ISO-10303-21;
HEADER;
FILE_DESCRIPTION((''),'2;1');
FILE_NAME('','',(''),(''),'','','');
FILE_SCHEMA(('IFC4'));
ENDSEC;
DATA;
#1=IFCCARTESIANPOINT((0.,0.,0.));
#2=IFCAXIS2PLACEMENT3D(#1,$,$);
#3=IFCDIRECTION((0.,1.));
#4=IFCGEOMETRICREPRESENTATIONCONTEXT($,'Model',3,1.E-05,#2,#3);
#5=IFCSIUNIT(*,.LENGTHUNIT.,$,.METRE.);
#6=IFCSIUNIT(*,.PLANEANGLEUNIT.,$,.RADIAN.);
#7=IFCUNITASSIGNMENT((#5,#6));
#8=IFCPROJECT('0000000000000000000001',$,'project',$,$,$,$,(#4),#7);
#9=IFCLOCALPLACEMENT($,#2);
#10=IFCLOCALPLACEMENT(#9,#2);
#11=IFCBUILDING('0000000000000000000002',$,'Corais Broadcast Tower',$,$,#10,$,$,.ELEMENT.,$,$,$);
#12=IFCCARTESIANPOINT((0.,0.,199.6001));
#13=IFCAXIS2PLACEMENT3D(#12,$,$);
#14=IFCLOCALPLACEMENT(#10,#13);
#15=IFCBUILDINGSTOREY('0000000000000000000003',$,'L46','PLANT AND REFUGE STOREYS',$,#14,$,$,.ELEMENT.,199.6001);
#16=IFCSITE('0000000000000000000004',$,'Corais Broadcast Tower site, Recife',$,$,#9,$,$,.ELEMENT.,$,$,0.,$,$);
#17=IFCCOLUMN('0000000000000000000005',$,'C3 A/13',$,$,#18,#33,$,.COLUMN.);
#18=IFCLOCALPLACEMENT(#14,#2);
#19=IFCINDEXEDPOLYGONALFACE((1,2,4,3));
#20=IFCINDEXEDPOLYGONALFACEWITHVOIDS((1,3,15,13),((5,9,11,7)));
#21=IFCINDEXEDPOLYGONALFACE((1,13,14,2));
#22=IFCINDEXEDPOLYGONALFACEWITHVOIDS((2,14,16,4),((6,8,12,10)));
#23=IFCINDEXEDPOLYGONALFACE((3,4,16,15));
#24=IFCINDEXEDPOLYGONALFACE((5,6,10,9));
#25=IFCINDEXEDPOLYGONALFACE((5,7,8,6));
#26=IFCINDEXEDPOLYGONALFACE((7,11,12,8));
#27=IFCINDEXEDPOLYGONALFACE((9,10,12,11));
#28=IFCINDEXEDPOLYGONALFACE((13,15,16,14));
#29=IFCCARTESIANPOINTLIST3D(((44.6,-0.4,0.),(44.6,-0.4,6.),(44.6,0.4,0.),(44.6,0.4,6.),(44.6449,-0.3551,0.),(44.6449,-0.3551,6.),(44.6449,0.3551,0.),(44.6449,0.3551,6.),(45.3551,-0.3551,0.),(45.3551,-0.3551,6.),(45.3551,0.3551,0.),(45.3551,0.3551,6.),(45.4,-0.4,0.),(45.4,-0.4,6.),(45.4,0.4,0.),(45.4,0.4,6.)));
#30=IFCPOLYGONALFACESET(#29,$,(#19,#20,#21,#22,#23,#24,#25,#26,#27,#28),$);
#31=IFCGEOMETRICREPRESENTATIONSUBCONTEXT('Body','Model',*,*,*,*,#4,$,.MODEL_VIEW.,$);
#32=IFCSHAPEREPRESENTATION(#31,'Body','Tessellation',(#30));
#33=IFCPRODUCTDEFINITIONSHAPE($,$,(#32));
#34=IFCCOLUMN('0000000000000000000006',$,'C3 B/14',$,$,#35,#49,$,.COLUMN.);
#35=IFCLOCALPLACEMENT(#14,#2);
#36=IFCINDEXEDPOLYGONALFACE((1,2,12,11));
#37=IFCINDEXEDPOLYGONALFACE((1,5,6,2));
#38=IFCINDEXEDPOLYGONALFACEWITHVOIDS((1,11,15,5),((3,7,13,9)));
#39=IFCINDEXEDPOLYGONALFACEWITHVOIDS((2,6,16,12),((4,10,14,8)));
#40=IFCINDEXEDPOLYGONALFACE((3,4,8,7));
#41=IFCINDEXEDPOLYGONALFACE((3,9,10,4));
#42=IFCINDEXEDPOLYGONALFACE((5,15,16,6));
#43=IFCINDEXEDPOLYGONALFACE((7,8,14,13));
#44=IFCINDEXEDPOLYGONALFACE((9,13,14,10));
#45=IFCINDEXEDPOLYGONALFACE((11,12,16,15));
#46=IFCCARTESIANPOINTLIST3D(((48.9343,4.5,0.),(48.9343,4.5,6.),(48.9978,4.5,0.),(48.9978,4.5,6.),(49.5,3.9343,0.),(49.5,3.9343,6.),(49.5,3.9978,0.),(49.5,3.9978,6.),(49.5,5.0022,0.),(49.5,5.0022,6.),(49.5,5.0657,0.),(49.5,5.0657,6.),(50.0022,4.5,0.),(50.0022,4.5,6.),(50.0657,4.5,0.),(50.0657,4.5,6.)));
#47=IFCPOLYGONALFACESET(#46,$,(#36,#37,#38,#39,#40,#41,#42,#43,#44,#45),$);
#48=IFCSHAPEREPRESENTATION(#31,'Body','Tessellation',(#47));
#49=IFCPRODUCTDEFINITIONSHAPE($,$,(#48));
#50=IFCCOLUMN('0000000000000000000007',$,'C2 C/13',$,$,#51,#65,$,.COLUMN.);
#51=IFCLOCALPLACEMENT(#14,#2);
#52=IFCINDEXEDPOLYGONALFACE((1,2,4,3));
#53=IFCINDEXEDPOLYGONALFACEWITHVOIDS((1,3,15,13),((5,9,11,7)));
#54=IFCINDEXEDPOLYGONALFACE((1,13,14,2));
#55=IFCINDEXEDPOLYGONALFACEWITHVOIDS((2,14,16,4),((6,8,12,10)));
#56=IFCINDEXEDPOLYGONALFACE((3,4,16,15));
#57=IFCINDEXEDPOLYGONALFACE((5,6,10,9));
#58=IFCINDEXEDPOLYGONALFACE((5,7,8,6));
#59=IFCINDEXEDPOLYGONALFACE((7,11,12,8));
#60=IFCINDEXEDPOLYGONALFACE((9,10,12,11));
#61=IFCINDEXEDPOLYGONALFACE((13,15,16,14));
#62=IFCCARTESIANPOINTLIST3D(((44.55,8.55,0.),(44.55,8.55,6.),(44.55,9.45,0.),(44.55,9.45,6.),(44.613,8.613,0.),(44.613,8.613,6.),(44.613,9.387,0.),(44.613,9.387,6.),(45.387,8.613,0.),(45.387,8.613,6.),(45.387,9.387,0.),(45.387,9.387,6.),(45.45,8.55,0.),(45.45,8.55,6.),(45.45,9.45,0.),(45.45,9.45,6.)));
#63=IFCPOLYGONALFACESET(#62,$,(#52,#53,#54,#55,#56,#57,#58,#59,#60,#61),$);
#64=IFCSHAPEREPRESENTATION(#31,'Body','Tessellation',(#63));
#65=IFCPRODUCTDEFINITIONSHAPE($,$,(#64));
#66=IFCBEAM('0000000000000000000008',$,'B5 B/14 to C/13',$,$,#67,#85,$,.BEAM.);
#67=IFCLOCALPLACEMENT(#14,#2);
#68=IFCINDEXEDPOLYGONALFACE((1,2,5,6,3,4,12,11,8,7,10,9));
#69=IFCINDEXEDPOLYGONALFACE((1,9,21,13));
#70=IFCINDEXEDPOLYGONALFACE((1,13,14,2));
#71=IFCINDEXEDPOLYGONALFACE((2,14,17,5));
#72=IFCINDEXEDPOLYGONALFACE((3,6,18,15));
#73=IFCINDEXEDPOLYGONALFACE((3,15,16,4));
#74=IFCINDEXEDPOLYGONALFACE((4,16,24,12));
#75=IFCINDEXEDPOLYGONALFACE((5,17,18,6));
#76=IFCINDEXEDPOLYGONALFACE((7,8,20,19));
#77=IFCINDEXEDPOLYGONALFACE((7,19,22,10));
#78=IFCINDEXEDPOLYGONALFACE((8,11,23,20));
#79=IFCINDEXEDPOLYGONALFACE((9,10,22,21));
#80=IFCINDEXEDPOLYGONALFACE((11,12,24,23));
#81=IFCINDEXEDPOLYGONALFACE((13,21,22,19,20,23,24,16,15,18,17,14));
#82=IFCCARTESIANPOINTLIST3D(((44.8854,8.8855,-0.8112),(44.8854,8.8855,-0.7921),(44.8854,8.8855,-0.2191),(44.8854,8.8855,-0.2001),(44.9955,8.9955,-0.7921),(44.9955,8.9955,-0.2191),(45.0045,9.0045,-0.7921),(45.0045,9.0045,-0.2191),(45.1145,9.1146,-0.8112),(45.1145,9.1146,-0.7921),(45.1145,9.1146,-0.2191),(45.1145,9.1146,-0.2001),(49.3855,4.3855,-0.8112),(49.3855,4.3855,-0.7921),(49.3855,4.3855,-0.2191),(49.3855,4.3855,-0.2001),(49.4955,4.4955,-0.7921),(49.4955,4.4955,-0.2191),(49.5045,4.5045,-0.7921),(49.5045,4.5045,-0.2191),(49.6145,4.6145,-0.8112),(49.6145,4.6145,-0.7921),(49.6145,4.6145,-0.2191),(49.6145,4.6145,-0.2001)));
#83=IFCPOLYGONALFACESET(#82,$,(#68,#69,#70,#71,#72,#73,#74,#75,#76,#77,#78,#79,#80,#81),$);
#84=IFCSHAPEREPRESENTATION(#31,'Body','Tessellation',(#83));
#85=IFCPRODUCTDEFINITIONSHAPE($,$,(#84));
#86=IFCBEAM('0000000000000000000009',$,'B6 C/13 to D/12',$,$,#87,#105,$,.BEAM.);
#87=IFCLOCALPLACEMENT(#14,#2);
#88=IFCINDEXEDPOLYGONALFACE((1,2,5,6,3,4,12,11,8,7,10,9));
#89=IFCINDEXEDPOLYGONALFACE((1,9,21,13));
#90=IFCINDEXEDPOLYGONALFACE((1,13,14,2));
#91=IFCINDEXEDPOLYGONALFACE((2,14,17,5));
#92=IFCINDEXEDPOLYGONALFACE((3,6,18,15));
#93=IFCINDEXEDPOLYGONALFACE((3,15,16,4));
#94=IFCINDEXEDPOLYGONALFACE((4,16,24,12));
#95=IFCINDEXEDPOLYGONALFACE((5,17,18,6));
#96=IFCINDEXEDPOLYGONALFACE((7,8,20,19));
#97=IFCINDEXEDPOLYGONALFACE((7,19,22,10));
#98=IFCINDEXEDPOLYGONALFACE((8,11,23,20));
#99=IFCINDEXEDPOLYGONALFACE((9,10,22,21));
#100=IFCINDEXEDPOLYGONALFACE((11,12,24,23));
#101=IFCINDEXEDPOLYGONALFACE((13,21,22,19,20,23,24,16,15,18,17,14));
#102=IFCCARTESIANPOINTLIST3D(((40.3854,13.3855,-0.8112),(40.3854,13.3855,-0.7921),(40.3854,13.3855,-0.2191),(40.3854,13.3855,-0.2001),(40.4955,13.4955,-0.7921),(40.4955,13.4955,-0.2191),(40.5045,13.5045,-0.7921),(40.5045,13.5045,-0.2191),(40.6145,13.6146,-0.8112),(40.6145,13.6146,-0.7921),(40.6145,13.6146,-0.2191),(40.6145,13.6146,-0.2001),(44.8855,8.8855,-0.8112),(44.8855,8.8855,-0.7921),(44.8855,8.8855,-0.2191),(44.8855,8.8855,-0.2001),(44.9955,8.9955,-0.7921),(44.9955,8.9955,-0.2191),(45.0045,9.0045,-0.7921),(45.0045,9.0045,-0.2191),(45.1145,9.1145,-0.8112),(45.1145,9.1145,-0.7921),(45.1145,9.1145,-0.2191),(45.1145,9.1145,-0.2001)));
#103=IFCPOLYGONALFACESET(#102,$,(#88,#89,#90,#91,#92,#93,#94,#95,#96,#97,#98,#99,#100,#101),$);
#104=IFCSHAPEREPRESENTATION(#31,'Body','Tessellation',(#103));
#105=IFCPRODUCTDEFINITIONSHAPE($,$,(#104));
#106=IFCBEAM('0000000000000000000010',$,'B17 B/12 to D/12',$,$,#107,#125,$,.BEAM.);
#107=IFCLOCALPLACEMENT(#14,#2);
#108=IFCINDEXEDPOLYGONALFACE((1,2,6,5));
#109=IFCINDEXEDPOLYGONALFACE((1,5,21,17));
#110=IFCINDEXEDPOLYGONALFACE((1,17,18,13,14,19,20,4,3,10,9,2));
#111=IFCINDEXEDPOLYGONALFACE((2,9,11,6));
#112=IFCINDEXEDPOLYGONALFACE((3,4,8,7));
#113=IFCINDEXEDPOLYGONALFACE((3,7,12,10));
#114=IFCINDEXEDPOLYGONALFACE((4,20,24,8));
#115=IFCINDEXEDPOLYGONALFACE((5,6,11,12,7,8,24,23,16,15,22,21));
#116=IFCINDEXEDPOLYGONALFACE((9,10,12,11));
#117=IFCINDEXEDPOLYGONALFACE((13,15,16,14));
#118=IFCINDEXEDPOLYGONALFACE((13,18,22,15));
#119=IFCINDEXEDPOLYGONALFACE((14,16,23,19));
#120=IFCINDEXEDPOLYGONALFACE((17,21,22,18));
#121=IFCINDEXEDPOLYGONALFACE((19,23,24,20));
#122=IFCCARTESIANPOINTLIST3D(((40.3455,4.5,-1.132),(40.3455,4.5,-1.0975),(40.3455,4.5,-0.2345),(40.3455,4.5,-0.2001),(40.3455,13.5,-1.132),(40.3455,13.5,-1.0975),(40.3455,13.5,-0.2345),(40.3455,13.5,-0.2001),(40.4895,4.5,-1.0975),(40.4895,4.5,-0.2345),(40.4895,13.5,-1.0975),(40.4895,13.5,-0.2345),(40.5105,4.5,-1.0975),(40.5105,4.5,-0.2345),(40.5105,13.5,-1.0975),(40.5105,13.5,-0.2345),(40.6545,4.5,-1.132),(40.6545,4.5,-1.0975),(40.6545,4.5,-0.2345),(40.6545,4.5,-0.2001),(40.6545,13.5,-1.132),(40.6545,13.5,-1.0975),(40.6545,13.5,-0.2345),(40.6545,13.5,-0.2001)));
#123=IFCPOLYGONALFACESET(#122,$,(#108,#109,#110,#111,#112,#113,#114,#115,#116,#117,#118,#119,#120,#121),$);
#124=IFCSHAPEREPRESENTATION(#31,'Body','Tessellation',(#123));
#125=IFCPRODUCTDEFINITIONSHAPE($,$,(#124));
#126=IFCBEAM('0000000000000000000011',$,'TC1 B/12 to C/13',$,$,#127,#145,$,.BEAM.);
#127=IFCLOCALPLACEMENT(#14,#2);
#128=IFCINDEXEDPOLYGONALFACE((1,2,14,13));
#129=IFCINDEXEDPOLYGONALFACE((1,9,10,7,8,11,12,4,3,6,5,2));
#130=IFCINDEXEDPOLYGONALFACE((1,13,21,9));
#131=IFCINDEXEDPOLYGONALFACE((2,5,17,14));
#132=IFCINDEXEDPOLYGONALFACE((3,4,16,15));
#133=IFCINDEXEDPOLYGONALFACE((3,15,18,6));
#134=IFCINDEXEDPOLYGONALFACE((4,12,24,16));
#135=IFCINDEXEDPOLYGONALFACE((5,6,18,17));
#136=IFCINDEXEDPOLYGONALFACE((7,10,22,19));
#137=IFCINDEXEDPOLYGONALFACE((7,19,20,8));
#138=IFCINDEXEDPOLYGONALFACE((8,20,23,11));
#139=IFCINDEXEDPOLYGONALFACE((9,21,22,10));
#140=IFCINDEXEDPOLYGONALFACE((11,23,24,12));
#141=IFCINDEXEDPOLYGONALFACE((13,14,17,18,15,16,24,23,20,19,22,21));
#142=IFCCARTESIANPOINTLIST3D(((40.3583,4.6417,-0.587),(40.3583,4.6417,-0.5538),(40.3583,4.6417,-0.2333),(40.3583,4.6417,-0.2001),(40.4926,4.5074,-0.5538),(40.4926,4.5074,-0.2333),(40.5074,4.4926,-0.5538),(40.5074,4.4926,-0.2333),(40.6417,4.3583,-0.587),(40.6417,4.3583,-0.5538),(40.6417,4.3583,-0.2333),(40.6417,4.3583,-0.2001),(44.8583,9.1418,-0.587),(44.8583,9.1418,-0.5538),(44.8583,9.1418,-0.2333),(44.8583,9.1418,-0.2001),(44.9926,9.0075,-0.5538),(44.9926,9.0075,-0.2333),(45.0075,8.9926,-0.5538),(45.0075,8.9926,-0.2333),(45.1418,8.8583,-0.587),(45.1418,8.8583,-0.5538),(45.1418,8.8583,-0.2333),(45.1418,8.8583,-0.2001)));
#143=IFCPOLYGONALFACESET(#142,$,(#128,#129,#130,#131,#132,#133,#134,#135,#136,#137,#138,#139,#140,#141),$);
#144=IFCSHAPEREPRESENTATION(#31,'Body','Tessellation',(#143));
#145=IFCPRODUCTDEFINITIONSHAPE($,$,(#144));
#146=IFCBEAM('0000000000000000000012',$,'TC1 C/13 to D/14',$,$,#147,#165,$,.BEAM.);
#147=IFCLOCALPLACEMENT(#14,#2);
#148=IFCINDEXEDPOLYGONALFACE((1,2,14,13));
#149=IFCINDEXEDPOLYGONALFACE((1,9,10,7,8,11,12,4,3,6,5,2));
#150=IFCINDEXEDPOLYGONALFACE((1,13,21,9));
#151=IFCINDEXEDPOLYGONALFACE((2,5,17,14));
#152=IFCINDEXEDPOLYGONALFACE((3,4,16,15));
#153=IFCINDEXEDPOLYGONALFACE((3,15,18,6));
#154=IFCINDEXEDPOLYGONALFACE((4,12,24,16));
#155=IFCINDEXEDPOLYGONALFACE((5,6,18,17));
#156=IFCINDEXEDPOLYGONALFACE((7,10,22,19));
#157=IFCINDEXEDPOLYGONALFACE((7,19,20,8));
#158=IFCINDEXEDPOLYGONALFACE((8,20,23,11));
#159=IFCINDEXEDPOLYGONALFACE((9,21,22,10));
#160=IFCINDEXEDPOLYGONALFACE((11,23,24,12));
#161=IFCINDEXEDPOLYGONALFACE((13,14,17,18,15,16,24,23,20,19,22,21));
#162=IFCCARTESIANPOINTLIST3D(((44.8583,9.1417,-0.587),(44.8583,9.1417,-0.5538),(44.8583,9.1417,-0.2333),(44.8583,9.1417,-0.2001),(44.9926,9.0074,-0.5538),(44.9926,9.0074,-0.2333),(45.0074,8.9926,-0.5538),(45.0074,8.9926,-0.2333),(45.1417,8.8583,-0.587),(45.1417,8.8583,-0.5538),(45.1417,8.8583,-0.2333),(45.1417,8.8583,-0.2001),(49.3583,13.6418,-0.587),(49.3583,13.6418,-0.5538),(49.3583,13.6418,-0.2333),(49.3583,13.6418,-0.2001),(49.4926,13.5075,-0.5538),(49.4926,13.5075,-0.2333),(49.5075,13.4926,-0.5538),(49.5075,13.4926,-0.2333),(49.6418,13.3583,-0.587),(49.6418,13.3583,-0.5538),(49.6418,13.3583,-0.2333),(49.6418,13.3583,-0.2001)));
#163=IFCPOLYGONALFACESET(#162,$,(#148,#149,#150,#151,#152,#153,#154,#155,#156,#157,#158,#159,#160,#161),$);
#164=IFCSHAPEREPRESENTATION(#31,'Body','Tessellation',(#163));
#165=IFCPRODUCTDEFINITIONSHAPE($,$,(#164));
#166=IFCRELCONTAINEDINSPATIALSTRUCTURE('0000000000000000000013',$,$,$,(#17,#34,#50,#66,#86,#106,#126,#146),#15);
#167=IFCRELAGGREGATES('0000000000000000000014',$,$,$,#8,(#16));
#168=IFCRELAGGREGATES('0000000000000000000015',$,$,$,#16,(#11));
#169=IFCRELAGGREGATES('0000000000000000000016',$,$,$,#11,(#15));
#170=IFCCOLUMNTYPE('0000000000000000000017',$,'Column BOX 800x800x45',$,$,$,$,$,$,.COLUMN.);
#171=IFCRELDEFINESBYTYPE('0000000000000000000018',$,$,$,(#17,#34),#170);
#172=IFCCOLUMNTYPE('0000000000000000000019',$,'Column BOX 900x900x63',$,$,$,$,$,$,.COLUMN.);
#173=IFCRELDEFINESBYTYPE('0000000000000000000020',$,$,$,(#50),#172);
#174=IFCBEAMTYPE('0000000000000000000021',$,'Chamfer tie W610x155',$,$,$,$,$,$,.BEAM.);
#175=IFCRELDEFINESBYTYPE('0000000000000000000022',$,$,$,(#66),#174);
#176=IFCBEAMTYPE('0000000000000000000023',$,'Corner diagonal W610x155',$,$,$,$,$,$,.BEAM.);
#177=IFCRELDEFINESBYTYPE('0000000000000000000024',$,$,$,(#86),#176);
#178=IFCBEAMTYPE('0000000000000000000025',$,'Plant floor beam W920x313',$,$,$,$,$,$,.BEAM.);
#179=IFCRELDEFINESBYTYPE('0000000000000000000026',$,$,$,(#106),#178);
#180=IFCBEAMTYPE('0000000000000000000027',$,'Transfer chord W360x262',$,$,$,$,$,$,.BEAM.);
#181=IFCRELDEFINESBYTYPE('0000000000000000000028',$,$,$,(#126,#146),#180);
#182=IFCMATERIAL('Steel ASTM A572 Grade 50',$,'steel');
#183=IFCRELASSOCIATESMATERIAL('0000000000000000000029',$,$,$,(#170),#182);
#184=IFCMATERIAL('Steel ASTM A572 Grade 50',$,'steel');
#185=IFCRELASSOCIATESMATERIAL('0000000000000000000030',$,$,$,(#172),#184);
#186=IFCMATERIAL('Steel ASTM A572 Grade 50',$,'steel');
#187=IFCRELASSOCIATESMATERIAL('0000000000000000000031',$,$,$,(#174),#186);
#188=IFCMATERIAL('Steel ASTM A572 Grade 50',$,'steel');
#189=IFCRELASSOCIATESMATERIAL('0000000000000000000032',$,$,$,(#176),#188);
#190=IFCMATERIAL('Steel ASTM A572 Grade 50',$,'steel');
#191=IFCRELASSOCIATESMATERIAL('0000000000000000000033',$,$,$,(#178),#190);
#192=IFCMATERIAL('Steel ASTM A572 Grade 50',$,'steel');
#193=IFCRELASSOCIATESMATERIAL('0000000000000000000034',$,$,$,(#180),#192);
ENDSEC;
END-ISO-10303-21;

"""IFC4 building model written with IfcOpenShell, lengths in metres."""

from ifc_helpers import new_model, si_unit, direction, frame, origin, origin_2d, place, context, subcontext, project, spatial, hollow_rectangle, i_section, extrude, material, material_profile, profile_set, type_object, element, save


model = new_model("IFC4")

# Units and contexts
model_context = context("Model", 3, precision=1e-05, world=origin(), true_north=direction((0.0, 1.0)))
body_context = subcontext(model_context, "Body", "Model", "MODEL_VIEW")
ifc_project = project(units=[si_unit("LENGTHUNIT", "METRE"), si_unit("PLANEANGLEUNIT", "RADIAN")], contexts=[model_context])

# Site, building, storey
site_placement = place(None, origin())
site = spatial("IfcSite", under=ifc_project, at=site_placement, Name="Corais Broadcast Tower site, Recife", CompositionType="ELEMENT", RefElevation=0.0)
building_placement = place(site_placement, origin())
building = spatial("IfcBuilding", under=site, at=building_placement, Name="Corais Broadcast Tower", CompositionType="ELEMENT")
storey_placement = place(building_placement, frame((0.0, 0.0, 199.6001)))
storey = spatial("IfcBuildingStorey", under=building, at=storey_placement, Name="L46", Description="PLANT AND REFUGE STOREYS", CompositionType="ELEMENT", Elevation=199.6001)

# Columns
ifc_material_1 = material(Name="Steel ASTM A572 Grade 50", Category="steel")
ifc_material_profile_1 = material_profile(ifc_material_1, hollow_rectangle(XDim=0.8, YDim=0.8, WallThickness=0.0449, at=origin_2d()), Name="BOX 800x800x45")
ifc_profile_set_1 = profile_set([ifc_material_profile_1], Name="Steel ASTM A572 Grade 50")
column_type_1 = type_object("IfcColumnType", Name="Column BOX 800x800x45", PredefinedType="COLUMN", material=ifc_profile_set_1)
for number, where, z_axis, x_axis, name in (
    (1, (45.0, 0.0, 0.0), (0.0, 0.0, 1.0), (1.0, 0.0, 0.0), "C3 A/13"),
    (2, (49.5, 4.5, 0.0), (0.0, 0.0, 1.0), (0.707107, 0.707107, 0.0), "C3 B/14"),
):
    element("IfcColumn", number, at=place(storey_placement, frame(where, z_axis=z_axis, x_axis=x_axis)), inside=storey, type_object=column_type_1, Name=name, PredefinedType="COLUMN", context=body_context, shape_type="SweptSolid", body=[
        extrude(hollow_rectangle(XDim=0.8, YDim=0.8, WallThickness=0.0449, at=origin_2d()), origin(), (0.0, 0.0, 1.0), 6.0),
    ])
ifc_material_2 = material(Name="Steel ASTM A572 Grade 50", Category="steel")
ifc_material_profile_2 = material_profile(ifc_material_2, hollow_rectangle(XDim=0.8999, YDim=0.8999, WallThickness=0.063, at=origin_2d()), Name="BOX 900x900x63")
ifc_profile_set_2 = profile_set([ifc_material_profile_2], Name="Steel ASTM A572 Grade 50")
column_type_2 = type_object("IfcColumnType", Name="Column BOX 900x900x63", PredefinedType="COLUMN", material=ifc_profile_set_2)
column_placement = place(storey_placement, frame((45.0, 9.0, 0.0), z_axis=(0.0, 0.0, 1.0), x_axis=(1.0, 0.0, 0.0)))
element("IfcColumn", 3, at=column_placement, inside=storey, type_object=column_type_2, Name="C2 C/13", PredefinedType="COLUMN", context=body_context, shape_type="SweptSolid", body=[
    extrude(hollow_rectangle(XDim=0.8999, YDim=0.8999, WallThickness=0.063, at=origin_2d()), origin(), (0.0, 0.0, 1.0), 6.0),
])

# Beams
ifc_material_3 = material(Name="Steel ASTM A572 Grade 50", Category="steel")
ifc_material_profile_3 = material_profile(ifc_material_3, i_section(OverallWidth=0.324, OverallDepth=0.6111, WebThickness=0.0127, FlangeThickness=0.019, at=origin_2d()), Name="W610x155")
ifc_profile_set_3 = profile_set([ifc_material_profile_3], Name="Steel ASTM A572 Grade 50")
beam_type_1 = type_object("IfcBeamType", Name="Chamfer tie W610x155", PredefinedType="BEAM", material=ifc_profile_set_3)
beam_1_placement = place(storey_placement, frame((49.5, 4.5, -0.5056), z_axis=(-0.707107, 0.707107, 0.0), x_axis=(-0.707107, -0.707107, 0.0)))
element("IfcBeam", 4, at=beam_1_placement, inside=storey, type_object=beam_type_1, Name="B5 B/14 to C/13", PredefinedType="BEAM", context=body_context, shape_type="SweptSolid", body=[
    extrude(i_section(OverallWidth=0.324, OverallDepth=0.6111, WebThickness=0.0127, FlangeThickness=0.019, at=origin_2d()), origin(), (0.0, 0.0, 1.0), 6.364),
])
ifc_material_4 = material(Name="Steel ASTM A572 Grade 50", Category="steel")
ifc_material_profile_4 = material_profile(ifc_material_4, i_section(OverallWidth=0.324, OverallDepth=0.6111, WebThickness=0.0127, FlangeThickness=0.019, at=origin_2d()), Name="W610x155")
ifc_profile_set_4 = profile_set([ifc_material_profile_4], Name="Steel ASTM A572 Grade 50")
beam_type_2 = type_object("IfcBeamType", Name="Corner diagonal W610x155", PredefinedType="BEAM", material=ifc_profile_set_4)
beam_2_placement = place(storey_placement, frame((45.0, 9.0, -0.5056), z_axis=(-0.707107, 0.707107, 0.0), x_axis=(-0.707107, -0.707107, 0.0)))
element("IfcBeam", 5, at=beam_2_placement, inside=storey, type_object=beam_type_2, Name="B6 C/13 to D/12", PredefinedType="BEAM", context=body_context, shape_type="SweptSolid", body=[
    extrude(i_section(OverallWidth=0.324, OverallDepth=0.6111, WebThickness=0.0127, FlangeThickness=0.019, at=origin_2d()), origin(), (0.0, 0.0, 1.0), 6.364),
])
ifc_material_5 = material(Name="Steel ASTM A572 Grade 50", Category="steel")
ifc_material_profile_5 = material_profile(ifc_material_5, i_section(OverallWidth=0.3091, OverallDepth=0.9319, WebThickness=0.021, FlangeThickness=0.0344, at=origin_2d()), Name="W920x313")
ifc_profile_set_5 = profile_set([ifc_material_profile_5], Name="Steel ASTM A572 Grade 50")
beam_type_3 = type_object("IfcBeamType", Name="Plant floor beam W920x313", PredefinedType="BEAM", material=ifc_profile_set_5)
beam_3_placement = place(storey_placement, frame((40.5, 4.5, -0.666), z_axis=(0.0, 1.0, 0.0), x_axis=(-1.0, 0.0, 0.0)))
element("IfcBeam", 6, at=beam_3_placement, inside=storey, type_object=beam_type_3, Name="B17 B/12 to D/12", PredefinedType="BEAM", context=body_context, shape_type="SweptSolid", body=[
    extrude(i_section(OverallWidth=0.3091, OverallDepth=0.9319, WebThickness=0.021, FlangeThickness=0.0344, at=origin_2d()), origin(), (0.0, 0.0, 1.0), 9.0),
])
ifc_material_6 = material(Name="Steel ASTM A572 Grade 50", Category="steel")
ifc_material_profile_6 = material_profile(ifc_material_6, i_section(OverallWidth=0.4009, OverallDepth=0.387, WebThickness=0.021, FlangeThickness=0.0332, at=origin_2d()), Name="W360x262")
ifc_profile_set_6 = profile_set([ifc_material_profile_6], Name="Steel ASTM A572 Grade 50")
beam_type_4 = type_object("IfcBeamType", Name="Transfer chord W360x262", PredefinedType="BEAM", material=ifc_profile_set_6)
for number, where, z_axis, x_axis, name in (
    (7, (40.5, 4.5, -0.3936), (0.707107, 0.707107, 0.0), (-0.707107, 0.707107, 0.0), "TC1 B/12 to C/13"),
    (8, (45.0, 9.0, -0.3936), (0.707107, 0.707107, 0.0), (-0.707107, 0.707107, 0.0), "TC1 C/13 to D/14"),
):
    element("IfcBeam", number, at=place(storey_placement, frame(where, z_axis=z_axis, x_axis=x_axis)), inside=storey, type_object=beam_type_4, Name=name, PredefinedType="BEAM", context=body_context, shape_type="SweptSolid", body=[
        extrude(i_section(OverallWidth=0.4009, OverallDepth=0.387, WebThickness=0.021, FlangeThickness=0.0332, at=origin_2d()), origin(), (0.0, 0.0, 1.0), 6.364),
    ])

save(model, "model.ifc")
